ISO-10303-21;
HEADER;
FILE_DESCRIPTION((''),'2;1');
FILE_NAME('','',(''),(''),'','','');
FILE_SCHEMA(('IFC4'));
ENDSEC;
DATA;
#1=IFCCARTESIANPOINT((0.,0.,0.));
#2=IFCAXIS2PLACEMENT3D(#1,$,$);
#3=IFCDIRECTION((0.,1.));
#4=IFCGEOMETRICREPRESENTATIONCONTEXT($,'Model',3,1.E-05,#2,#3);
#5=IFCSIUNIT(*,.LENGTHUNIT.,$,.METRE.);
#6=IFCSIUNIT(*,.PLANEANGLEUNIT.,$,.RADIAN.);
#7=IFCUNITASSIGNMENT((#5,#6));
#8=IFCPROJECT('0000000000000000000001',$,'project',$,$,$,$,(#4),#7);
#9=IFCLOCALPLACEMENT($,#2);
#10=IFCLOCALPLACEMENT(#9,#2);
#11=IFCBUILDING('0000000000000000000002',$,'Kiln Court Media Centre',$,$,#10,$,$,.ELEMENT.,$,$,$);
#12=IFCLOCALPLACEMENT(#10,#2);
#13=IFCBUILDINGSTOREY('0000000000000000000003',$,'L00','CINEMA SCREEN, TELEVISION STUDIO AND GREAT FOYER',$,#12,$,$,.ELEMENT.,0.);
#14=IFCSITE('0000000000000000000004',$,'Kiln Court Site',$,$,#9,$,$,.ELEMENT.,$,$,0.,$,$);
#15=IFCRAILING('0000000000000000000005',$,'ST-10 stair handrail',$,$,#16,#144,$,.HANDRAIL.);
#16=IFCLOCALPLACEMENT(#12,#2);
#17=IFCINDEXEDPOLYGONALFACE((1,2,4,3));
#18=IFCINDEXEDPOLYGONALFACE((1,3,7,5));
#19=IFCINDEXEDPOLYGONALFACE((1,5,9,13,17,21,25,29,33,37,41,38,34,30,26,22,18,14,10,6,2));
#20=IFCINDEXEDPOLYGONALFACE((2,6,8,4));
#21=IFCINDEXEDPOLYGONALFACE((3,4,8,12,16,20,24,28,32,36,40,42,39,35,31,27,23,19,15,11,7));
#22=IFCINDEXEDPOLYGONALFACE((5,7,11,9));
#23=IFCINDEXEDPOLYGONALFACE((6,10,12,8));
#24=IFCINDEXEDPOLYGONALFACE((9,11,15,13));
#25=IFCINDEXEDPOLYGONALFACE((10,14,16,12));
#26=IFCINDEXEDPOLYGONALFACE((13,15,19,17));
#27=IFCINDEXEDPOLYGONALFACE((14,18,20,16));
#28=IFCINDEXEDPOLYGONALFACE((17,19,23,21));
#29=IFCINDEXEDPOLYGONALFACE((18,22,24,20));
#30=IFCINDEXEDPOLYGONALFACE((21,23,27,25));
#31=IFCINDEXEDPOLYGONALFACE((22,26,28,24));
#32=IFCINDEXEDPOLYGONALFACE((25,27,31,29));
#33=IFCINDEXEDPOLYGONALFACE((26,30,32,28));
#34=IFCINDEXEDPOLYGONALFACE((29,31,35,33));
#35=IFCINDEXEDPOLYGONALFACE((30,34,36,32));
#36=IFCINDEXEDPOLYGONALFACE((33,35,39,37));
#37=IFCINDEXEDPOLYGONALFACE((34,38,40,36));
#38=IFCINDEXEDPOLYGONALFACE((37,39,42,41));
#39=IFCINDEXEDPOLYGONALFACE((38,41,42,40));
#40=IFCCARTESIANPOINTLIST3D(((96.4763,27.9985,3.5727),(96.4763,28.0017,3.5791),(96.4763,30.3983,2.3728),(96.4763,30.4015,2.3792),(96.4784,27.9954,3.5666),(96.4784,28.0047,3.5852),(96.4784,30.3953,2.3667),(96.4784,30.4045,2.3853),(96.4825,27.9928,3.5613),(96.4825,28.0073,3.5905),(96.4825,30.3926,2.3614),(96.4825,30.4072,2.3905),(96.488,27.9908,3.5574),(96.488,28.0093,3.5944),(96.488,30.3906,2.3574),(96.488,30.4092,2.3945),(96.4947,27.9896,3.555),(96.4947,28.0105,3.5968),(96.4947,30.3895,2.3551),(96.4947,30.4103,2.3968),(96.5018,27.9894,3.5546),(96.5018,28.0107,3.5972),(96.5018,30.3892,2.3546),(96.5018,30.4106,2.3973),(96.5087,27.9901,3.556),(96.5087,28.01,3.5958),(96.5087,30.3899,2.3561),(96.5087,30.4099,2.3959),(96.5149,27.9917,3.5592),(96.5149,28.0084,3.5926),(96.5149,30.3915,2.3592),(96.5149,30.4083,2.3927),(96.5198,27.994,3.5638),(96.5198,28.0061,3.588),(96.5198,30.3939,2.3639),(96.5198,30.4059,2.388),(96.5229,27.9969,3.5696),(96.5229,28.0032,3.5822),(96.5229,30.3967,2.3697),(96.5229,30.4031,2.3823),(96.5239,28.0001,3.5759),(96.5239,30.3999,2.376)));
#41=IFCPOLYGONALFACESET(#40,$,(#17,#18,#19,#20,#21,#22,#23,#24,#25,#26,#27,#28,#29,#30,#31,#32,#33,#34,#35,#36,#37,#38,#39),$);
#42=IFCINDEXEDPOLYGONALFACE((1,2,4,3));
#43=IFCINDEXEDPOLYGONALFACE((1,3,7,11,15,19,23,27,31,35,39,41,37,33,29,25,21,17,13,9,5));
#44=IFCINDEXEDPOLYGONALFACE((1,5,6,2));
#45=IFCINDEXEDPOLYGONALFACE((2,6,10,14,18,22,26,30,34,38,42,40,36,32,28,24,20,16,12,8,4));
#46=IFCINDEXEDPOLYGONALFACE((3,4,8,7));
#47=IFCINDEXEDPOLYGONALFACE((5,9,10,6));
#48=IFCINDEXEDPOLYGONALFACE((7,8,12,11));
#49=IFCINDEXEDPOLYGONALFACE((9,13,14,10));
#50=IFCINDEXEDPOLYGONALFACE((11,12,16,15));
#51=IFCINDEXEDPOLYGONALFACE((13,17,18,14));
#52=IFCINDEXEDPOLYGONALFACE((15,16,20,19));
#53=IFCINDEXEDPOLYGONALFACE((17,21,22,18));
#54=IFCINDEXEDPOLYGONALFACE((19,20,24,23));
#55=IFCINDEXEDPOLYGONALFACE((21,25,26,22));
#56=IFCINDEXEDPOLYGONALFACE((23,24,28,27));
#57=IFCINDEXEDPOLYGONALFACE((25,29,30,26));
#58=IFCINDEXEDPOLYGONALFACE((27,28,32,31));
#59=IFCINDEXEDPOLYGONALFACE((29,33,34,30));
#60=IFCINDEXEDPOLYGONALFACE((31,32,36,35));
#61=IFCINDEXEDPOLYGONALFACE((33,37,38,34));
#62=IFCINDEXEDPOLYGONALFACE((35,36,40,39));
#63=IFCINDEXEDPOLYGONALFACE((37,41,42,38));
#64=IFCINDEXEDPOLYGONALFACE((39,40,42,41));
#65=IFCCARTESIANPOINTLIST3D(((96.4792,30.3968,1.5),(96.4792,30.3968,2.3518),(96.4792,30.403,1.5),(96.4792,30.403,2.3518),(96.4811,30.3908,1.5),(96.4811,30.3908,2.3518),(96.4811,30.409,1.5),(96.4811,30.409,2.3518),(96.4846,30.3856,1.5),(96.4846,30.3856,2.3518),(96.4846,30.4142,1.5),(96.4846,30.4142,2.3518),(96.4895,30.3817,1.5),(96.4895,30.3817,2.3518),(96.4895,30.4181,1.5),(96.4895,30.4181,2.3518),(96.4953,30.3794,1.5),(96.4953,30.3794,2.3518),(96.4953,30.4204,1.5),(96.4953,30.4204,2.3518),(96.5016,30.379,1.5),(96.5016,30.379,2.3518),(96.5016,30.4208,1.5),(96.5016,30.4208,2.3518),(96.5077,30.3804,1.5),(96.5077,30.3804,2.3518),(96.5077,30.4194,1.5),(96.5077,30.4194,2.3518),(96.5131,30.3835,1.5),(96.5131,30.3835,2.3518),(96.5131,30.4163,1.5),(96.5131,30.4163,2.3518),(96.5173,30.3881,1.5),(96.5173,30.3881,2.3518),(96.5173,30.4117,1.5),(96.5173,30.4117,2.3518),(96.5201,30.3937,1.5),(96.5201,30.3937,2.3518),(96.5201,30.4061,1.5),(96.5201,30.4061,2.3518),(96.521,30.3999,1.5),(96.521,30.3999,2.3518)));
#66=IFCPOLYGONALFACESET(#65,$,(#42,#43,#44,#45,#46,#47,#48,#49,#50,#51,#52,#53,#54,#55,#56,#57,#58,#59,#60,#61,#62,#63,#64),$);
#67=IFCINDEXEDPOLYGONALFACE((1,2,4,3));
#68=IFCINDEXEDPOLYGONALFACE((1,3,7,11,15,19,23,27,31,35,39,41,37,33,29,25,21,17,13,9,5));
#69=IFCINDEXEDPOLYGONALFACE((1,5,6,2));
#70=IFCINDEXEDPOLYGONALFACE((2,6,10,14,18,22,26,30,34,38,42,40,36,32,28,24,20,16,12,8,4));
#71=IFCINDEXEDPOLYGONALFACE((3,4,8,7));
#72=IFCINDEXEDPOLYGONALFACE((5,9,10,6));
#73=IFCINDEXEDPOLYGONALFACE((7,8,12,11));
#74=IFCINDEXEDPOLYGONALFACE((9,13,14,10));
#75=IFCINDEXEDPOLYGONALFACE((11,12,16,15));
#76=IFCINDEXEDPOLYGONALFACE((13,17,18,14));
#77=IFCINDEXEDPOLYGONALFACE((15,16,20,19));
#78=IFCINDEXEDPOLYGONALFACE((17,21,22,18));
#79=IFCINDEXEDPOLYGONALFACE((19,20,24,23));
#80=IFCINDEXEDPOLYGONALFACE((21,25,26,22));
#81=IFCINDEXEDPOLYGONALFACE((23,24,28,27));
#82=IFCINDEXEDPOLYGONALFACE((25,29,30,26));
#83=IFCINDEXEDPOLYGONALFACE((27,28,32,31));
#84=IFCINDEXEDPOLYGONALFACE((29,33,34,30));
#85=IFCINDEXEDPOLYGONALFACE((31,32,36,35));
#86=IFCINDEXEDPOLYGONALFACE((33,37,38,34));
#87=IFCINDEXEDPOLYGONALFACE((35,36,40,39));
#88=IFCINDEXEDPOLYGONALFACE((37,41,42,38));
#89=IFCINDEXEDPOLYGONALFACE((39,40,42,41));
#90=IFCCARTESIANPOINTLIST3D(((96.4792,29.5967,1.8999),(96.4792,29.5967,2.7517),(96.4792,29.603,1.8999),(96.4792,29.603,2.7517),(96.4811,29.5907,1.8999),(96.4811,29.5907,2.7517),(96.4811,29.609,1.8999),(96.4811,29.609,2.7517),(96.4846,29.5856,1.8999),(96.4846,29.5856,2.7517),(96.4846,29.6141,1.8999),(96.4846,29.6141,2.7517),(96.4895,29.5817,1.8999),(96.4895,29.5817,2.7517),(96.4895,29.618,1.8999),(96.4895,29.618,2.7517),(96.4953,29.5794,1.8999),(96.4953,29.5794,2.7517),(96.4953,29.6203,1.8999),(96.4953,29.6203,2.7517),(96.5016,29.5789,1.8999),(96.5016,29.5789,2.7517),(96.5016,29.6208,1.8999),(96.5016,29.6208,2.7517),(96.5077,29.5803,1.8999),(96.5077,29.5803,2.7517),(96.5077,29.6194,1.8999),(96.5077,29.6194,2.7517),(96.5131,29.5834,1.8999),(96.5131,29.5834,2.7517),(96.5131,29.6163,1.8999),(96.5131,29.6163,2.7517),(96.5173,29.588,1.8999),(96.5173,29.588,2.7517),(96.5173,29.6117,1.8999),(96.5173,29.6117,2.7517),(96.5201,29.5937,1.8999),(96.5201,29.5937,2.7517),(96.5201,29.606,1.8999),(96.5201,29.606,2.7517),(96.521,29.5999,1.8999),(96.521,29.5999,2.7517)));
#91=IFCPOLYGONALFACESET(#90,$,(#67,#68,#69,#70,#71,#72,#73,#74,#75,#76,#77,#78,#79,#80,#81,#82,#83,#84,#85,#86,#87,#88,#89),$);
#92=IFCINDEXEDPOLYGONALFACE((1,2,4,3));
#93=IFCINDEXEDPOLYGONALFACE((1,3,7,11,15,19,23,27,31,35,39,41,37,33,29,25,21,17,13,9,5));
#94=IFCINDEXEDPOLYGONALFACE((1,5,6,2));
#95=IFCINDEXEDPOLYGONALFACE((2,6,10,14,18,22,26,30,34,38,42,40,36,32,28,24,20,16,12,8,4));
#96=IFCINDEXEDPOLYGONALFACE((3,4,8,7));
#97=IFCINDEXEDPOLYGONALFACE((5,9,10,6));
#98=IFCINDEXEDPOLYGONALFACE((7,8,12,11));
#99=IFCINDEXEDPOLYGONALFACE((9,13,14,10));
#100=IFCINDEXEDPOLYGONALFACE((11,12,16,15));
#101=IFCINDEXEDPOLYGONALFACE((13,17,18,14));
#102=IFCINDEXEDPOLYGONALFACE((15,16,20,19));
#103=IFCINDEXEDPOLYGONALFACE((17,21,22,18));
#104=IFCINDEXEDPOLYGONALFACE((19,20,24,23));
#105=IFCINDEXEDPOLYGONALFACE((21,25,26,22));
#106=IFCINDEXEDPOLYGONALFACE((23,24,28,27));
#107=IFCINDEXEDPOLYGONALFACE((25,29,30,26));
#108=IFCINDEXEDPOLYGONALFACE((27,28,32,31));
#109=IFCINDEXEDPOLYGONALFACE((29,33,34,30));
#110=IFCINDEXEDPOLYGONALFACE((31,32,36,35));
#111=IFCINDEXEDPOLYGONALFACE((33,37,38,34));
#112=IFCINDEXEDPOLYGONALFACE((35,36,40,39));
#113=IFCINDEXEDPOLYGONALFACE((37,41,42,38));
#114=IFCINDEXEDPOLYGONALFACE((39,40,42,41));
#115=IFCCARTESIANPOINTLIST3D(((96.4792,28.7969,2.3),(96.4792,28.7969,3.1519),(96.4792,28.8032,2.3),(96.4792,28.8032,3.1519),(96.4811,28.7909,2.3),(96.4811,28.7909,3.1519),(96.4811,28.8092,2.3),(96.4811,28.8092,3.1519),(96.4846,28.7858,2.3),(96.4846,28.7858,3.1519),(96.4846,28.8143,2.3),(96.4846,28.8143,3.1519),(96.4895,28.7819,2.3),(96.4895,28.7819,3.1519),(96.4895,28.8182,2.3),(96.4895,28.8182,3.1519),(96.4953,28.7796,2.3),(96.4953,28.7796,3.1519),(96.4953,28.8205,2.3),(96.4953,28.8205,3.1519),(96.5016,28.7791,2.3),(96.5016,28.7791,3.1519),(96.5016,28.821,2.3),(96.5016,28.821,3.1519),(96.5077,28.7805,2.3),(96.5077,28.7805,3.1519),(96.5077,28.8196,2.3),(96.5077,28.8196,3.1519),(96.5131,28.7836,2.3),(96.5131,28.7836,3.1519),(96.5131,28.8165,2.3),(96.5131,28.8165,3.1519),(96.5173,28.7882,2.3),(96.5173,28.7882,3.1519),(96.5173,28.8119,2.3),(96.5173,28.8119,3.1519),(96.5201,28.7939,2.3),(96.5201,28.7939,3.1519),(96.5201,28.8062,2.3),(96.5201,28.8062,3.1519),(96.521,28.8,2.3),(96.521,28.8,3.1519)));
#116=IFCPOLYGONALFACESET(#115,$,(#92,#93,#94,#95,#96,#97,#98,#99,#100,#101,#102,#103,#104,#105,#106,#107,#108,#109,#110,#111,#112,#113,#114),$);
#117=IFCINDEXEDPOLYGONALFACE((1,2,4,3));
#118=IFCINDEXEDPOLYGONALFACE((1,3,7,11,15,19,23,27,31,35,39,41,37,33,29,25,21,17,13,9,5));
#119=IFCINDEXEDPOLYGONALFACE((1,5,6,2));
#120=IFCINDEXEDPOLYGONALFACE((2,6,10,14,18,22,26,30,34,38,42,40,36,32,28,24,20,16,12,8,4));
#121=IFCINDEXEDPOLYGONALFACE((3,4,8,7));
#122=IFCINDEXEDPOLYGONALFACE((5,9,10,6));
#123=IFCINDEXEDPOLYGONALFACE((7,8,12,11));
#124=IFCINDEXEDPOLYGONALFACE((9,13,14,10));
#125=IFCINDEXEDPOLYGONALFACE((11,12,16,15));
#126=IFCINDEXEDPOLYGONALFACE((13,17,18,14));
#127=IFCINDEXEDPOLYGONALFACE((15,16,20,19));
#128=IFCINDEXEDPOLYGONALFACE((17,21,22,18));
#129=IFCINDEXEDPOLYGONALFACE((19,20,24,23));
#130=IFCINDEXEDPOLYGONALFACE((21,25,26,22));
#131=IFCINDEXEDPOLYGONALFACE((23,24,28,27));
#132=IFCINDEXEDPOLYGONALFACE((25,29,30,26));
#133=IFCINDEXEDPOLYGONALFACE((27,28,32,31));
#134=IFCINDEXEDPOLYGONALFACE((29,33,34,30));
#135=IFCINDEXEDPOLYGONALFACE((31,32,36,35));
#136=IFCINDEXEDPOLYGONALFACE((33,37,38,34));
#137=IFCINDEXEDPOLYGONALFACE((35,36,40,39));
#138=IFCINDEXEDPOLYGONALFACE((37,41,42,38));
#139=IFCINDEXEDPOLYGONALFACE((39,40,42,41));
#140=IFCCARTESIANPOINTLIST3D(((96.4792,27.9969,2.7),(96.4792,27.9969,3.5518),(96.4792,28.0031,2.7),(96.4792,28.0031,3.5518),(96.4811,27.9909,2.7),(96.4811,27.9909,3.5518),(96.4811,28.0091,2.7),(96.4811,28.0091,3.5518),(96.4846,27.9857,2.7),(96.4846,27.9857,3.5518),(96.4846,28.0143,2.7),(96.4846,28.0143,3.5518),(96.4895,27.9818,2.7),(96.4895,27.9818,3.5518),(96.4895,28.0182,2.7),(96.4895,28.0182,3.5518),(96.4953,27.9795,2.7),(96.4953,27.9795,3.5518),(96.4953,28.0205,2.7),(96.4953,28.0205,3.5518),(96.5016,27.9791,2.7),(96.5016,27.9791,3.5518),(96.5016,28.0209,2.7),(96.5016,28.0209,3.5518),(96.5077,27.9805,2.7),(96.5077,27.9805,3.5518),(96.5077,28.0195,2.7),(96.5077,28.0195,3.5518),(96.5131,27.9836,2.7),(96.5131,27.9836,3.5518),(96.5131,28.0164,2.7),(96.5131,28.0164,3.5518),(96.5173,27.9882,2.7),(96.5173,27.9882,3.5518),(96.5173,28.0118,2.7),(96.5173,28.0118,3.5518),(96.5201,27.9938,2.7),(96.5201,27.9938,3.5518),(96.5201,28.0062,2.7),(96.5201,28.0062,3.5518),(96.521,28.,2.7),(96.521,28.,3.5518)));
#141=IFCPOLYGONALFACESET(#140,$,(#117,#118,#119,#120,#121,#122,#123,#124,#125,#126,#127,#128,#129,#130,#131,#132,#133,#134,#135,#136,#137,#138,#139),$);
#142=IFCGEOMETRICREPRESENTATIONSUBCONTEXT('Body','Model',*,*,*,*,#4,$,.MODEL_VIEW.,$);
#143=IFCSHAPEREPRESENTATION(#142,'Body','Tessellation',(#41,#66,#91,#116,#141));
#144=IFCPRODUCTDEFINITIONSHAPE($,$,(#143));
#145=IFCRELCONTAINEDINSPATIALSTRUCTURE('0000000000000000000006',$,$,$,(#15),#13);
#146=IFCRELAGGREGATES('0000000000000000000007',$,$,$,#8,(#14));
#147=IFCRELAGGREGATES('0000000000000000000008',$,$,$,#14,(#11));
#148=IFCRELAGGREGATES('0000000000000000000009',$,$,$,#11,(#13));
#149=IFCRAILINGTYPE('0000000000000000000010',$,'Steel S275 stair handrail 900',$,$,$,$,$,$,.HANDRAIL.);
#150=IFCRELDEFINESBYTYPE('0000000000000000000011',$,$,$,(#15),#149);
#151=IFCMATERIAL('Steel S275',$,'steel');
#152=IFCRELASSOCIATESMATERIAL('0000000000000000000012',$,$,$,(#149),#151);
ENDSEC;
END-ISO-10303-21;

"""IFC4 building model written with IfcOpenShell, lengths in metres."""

from ifc_helpers import new_model, si_unit, direction, frame, origin, origin_2d, place, context, subcontext, project, spatial, circle, extrude, material, type_object, element, save


model = new_model("IFC4")

# Units and contexts
model_context = context("Model", 3, precision=1e-05, world=origin(), true_north=direction((0.0, 1.0)))
body_context = subcontext(model_context, "Body", "Model", "MODEL_VIEW")
ifc_project = project(units=[si_unit("LENGTHUNIT", "METRE"), si_unit("PLANEANGLEUNIT", "RADIAN")], contexts=[model_context])

# Site, building, storey
site_placement = place(None, origin())
site = spatial("IfcSite", under=ifc_project, at=site_placement, Name="Kiln Court Site", CompositionType="ELEMENT", RefElevation=0.0)
building_placement = place(site_placement, origin())
building = spatial("IfcBuilding", under=site, at=building_placement, Name="Kiln Court Media Centre", CompositionType="ELEMENT")
storey_placement = place(building_placement, origin())
storey = spatial("IfcBuildingStorey", under=building, at=storey_placement, Name="L00", Description="CINEMA SCREEN, TELEVISION STUDIO AND GREAT FOYER", CompositionType="ELEMENT", Elevation=0.0)

# Railing
ifc_material_1 = material(Name="Steel S275", Category="steel")
railing_type_1 = type_object("IfcRailingType", Name="Steel S275 stair handrail 900", PredefinedType="HANDRAIL", material=ifc_material_1)
railing_placement = place(storey_placement, frame((96.5, 30.3999, 1.5)))
element("IfcRailing", 1, at=railing_placement, inside=storey, type_object=railing_type_1, Name="ST-10 stair handrail", PredefinedType="HANDRAIL", context=body_context, shape_type="SweptSolid", body=[
    extrude(circle(Radius=0.0239, at=origin_2d()), frame((0.0, 0.0, 0.876), z_axis=(0.0, -0.894427, 0.447214), x_axis=(1.0, 0.0, 0.0)), (0.0, 0.0, 1.0), 2.6831),
    extrude(circle(Radius=0.021, at=origin_2d()), origin(), (0.0, 0.0, 1.0), 0.8518),
    extrude(circle(Radius=0.021, at=origin_2d()), frame((0.0, -0.8, 0.3999)), (0.0, 0.0, 1.0), 0.8518),
    extrude(circle(Radius=0.021, at=origin_2d()), frame((0.0, -1.5999, 0.8)), (0.0, 0.0, 1.0), 0.8518),
    extrude(circle(Radius=0.021, at=origin_2d()), frame((0.0, -2.3999, 1.2)), (0.0, 0.0, 1.0), 0.8518),
])

save(model, "model.ifc")
